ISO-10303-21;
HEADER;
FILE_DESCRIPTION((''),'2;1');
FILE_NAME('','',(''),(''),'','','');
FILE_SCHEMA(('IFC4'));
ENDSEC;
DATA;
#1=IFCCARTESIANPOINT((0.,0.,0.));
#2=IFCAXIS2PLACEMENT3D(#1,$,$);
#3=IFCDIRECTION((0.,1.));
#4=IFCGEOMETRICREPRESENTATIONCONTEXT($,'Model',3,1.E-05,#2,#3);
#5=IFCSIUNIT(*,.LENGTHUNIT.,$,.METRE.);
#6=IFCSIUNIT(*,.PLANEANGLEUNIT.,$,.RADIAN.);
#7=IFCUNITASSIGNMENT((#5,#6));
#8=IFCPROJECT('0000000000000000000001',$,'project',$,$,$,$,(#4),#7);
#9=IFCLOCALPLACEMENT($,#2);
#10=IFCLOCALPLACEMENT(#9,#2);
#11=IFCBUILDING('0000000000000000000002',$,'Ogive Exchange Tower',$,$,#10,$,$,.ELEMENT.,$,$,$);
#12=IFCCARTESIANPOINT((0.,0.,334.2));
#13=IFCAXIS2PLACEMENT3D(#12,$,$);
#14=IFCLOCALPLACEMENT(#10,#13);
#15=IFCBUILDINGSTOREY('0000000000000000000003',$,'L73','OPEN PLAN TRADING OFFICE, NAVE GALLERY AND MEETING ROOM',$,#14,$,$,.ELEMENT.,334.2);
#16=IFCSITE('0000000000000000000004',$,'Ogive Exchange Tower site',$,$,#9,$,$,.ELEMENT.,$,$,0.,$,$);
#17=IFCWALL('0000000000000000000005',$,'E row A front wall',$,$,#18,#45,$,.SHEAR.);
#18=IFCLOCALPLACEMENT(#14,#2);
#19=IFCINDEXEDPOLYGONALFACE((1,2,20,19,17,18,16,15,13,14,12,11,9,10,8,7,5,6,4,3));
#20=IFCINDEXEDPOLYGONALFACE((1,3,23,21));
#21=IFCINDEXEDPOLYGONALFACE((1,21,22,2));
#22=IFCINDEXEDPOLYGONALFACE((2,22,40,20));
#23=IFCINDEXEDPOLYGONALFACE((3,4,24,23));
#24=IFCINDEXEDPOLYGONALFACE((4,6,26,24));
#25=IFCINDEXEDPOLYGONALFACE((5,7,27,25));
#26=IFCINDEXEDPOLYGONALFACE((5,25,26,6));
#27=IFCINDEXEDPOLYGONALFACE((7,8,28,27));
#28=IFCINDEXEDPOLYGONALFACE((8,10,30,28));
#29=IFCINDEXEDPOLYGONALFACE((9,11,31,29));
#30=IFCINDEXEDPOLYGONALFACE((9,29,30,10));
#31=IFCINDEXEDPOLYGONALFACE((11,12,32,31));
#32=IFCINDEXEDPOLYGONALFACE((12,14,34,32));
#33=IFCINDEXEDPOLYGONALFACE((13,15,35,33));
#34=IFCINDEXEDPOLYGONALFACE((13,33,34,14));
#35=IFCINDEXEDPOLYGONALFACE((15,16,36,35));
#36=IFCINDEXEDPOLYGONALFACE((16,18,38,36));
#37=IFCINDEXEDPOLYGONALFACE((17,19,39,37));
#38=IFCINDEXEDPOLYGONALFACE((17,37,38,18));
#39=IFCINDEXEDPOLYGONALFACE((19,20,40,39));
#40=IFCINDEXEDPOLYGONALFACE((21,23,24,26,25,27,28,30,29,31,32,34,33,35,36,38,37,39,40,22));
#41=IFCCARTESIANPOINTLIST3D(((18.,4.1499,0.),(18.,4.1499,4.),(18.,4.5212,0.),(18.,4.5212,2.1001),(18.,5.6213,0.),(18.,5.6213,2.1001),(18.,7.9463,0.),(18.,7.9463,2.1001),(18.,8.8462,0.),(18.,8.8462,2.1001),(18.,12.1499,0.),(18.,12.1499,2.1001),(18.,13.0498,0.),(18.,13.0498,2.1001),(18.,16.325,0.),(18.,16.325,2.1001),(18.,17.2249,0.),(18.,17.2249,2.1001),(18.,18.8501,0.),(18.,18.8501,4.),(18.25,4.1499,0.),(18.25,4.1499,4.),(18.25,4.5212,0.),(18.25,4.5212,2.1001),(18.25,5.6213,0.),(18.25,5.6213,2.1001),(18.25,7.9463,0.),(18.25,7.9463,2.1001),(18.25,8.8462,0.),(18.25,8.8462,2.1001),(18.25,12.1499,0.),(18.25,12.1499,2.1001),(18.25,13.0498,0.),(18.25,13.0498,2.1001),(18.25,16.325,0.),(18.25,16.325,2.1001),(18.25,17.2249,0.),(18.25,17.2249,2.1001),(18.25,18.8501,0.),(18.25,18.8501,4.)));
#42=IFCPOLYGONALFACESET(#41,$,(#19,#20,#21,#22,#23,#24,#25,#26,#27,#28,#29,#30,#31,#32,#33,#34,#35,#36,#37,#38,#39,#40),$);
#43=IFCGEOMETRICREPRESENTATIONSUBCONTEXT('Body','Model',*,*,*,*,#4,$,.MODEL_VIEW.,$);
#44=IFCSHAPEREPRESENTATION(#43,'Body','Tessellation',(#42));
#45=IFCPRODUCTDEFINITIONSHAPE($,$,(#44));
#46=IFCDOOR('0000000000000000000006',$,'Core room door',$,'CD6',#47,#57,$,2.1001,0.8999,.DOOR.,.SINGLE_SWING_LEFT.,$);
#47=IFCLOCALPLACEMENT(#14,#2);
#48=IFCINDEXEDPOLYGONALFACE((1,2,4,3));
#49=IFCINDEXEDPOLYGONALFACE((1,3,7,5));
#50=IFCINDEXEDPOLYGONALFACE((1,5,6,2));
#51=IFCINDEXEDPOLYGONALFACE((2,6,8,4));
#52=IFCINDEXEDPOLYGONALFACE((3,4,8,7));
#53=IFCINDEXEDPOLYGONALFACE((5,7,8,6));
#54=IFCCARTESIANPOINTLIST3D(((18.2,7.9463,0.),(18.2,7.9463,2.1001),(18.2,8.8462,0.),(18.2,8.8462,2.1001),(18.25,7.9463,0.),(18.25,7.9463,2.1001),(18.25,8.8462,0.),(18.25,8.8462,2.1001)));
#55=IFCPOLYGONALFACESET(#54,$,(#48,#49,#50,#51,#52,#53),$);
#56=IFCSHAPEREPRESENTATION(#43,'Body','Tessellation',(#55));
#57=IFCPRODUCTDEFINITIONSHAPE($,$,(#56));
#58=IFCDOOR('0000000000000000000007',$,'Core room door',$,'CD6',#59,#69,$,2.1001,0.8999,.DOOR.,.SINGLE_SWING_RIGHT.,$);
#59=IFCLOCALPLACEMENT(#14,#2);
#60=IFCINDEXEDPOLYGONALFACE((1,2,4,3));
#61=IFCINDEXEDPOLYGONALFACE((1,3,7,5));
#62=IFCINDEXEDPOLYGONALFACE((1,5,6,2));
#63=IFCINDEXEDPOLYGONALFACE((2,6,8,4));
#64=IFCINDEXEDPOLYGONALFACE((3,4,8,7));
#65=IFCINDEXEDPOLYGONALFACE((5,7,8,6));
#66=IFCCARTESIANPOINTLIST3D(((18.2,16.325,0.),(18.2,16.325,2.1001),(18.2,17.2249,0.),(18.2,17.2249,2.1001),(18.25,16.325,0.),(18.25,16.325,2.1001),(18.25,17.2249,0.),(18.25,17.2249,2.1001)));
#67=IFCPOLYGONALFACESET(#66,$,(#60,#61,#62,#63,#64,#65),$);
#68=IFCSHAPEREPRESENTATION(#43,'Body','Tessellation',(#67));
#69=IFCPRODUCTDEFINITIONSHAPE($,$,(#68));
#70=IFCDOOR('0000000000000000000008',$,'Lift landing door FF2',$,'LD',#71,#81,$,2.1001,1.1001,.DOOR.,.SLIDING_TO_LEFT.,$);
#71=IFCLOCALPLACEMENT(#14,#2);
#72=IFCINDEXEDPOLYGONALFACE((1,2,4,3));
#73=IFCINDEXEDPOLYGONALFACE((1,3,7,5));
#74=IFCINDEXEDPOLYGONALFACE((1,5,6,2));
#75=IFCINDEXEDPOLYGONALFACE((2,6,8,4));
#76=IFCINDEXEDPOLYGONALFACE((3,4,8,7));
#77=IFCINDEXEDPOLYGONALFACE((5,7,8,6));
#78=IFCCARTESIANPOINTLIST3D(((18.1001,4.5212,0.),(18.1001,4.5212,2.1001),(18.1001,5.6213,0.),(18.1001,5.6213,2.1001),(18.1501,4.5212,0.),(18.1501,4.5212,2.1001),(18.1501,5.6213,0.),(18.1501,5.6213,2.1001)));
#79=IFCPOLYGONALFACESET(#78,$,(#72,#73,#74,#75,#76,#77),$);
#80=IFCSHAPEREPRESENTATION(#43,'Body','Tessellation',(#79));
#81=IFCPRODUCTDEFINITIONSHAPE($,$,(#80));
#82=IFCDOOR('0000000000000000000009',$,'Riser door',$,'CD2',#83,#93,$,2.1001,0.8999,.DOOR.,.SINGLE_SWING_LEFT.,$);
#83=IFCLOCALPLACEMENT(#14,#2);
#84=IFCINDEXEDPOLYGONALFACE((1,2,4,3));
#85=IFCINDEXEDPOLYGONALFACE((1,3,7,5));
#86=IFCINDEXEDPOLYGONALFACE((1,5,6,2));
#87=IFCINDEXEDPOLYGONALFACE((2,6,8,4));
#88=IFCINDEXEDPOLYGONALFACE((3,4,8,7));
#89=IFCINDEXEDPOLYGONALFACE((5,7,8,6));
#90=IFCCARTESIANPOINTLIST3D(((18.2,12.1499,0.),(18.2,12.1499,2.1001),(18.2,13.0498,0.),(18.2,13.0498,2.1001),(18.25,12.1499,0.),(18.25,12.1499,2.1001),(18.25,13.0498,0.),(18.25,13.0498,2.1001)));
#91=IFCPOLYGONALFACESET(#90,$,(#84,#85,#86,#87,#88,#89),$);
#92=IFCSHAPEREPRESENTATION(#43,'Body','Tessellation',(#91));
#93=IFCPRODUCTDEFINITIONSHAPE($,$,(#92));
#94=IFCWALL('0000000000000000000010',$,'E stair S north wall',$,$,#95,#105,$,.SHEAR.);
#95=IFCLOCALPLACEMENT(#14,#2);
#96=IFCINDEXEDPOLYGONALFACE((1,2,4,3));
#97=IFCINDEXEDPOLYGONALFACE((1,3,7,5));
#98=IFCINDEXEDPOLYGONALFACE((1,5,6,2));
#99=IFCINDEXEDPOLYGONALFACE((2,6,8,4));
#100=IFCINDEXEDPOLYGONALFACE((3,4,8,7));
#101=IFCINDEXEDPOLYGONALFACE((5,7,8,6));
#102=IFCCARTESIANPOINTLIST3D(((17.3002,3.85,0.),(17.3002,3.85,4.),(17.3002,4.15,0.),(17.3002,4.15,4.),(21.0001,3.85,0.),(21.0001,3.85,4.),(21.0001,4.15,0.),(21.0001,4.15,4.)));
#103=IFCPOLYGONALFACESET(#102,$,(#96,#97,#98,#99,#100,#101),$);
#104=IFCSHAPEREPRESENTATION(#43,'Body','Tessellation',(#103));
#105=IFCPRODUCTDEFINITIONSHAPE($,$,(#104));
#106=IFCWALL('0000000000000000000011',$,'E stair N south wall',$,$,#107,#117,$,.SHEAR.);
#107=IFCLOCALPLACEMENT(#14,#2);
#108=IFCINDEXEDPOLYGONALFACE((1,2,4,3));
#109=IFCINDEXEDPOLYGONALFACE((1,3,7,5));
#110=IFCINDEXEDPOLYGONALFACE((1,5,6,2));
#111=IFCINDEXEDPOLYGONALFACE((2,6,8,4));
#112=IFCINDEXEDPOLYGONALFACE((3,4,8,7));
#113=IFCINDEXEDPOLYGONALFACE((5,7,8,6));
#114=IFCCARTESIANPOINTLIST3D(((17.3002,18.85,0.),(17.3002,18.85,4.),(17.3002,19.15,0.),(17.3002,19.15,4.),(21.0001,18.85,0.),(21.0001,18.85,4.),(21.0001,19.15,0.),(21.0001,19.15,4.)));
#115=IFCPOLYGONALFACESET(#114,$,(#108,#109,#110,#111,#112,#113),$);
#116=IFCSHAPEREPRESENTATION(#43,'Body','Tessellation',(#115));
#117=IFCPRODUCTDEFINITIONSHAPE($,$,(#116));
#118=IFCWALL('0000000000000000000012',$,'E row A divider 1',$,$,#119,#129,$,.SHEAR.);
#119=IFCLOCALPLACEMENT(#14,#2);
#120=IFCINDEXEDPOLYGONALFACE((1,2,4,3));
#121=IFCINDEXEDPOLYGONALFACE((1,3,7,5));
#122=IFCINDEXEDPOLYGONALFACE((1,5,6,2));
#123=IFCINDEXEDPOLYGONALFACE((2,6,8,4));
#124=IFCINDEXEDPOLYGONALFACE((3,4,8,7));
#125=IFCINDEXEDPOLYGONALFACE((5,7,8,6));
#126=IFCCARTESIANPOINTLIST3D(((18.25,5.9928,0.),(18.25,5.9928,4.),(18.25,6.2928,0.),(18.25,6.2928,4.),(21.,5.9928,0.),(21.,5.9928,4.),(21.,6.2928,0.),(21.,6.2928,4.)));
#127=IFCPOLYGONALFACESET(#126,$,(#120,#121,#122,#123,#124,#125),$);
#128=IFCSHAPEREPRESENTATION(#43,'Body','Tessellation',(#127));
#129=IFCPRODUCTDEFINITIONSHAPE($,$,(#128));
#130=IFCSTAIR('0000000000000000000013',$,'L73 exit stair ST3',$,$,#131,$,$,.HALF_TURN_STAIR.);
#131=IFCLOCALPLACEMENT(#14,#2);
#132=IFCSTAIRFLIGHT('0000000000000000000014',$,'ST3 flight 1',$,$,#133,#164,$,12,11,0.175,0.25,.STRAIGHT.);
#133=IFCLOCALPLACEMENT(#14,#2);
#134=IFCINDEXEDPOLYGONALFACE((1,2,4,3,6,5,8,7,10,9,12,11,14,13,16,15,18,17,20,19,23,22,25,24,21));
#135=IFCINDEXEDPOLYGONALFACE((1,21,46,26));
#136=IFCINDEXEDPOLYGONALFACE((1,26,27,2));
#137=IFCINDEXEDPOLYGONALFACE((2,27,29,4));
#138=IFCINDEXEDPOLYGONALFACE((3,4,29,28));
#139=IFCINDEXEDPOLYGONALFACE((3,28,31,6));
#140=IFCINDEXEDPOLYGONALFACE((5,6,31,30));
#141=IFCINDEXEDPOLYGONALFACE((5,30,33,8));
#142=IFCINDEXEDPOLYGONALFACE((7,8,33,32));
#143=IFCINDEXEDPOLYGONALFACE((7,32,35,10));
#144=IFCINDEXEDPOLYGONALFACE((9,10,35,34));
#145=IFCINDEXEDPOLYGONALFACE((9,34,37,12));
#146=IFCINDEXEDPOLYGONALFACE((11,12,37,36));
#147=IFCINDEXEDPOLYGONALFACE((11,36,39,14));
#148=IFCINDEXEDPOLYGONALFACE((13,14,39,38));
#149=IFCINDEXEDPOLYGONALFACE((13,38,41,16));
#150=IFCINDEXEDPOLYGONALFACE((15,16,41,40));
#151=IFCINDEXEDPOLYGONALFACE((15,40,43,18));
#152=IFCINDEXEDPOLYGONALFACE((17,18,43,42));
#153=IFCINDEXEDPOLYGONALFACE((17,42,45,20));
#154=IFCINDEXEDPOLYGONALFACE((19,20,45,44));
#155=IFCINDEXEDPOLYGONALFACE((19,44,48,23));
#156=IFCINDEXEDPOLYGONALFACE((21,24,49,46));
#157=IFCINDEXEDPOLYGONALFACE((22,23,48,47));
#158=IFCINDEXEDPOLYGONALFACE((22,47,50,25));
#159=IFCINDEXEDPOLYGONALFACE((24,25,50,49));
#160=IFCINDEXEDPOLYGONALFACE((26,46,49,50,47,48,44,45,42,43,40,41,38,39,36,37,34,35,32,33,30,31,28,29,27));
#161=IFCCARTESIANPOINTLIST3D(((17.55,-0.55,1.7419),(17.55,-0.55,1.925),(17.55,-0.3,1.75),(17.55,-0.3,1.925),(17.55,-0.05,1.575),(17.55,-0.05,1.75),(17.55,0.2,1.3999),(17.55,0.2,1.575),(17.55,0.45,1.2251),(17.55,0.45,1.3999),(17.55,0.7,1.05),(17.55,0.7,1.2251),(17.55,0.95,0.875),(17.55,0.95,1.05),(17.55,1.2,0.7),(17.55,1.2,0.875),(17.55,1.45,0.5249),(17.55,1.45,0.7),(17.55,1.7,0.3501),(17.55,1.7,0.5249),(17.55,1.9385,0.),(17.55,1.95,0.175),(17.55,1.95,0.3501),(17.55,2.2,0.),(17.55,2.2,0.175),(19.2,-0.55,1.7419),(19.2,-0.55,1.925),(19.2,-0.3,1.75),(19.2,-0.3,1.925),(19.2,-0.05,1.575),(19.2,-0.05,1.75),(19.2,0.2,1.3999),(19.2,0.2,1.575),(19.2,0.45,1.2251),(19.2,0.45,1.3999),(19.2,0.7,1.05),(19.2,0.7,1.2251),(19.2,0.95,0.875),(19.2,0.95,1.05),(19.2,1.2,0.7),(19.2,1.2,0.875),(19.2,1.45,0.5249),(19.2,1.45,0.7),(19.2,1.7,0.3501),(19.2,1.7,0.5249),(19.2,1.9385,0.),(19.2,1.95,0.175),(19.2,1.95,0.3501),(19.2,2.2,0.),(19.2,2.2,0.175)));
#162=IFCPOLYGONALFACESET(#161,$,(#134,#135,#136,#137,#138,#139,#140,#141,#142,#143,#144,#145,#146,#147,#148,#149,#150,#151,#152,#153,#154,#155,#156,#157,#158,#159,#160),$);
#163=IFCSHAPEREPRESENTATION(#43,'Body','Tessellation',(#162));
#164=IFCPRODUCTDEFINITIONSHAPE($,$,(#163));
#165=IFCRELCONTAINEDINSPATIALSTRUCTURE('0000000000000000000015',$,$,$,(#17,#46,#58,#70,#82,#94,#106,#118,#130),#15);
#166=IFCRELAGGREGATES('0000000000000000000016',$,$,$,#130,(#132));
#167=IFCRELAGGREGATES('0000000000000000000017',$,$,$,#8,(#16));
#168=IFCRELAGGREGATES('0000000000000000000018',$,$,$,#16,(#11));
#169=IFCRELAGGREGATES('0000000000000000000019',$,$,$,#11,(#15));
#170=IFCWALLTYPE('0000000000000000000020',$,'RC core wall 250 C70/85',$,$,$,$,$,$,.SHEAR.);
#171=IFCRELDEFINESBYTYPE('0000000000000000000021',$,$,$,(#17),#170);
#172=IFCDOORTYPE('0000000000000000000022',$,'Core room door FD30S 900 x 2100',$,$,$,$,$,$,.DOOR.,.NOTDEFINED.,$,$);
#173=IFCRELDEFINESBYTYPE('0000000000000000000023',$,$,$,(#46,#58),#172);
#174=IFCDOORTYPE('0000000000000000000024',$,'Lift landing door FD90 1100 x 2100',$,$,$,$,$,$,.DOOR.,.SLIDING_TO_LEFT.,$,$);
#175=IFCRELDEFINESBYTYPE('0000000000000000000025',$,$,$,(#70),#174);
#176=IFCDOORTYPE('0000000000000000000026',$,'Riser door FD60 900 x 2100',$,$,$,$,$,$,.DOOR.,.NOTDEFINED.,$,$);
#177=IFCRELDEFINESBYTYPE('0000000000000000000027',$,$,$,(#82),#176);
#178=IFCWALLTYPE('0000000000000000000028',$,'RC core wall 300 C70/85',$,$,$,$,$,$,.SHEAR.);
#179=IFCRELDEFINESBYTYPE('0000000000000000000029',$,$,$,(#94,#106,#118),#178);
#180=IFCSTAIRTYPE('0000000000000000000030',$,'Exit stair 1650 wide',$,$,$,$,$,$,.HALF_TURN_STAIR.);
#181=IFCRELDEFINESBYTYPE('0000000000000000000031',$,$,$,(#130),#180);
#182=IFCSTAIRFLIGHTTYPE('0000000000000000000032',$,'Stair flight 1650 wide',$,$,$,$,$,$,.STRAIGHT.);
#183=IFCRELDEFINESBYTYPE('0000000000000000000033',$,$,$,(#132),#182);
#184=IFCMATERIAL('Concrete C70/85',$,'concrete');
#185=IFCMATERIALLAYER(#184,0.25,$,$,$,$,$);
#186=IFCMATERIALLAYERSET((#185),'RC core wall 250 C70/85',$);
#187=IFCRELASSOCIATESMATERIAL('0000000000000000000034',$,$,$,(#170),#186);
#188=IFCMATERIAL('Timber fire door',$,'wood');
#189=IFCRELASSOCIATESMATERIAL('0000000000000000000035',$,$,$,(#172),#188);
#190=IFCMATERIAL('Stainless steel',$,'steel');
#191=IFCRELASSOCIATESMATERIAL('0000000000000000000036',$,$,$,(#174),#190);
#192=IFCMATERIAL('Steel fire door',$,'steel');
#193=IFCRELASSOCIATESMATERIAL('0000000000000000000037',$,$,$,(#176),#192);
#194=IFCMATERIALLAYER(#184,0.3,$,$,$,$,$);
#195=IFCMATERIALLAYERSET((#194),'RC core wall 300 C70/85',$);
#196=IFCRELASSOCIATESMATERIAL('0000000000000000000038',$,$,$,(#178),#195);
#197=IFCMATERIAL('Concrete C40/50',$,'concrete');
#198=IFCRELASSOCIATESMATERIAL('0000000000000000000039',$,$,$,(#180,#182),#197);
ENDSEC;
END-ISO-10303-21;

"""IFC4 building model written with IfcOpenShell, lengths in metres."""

from ifc_helpers import new_model, si_unit, direction, frame, frame_2d, origin, place, context, subcontext, project, spatial, polyline, rectangle, outline, extrude, material, layer, layer_set, type_object, element, fill, aggregate, save


model = new_model("IFC4")

# Units and contexts
model_context = context("Model", 3, precision=1e-05, world=origin(), true_north=direction((0.0, 1.0)))
body_context = subcontext(model_context, "Body", "Model", "MODEL_VIEW")
ifc_project = project(units=[si_unit("LENGTHUNIT", "METRE"), si_unit("PLANEANGLEUNIT", "RADIAN")], contexts=[model_context])

# Site, building, storey
site_placement = place(None, origin())
site = spatial("IfcSite", under=ifc_project, at=site_placement, Name="Ogive Exchange Tower site", CompositionType="ELEMENT", RefElevation=0.0)
building_placement = place(site_placement, origin())
building = spatial("IfcBuilding", under=site, at=building_placement, Name="Ogive Exchange Tower", CompositionType="ELEMENT")
storey_placement = place(building_placement, frame((0.0, 0.0, 334.2)))
storey = spatial("IfcBuildingStorey", under=building, at=storey_placement, Name="L73", Description="OPEN PLAN TRADING OFFICE, NAVE GALLERY AND MEETING ROOM", CompositionType="ELEMENT", Elevation=334.2)

# Shared definitions
ifc_material_1 = material(Name="Concrete C70/85", Category="concrete")
ifc_layer_1 = layer(ifc_material_1, 0.25)
ifc_layer_set_1 = layer_set([ifc_layer_1], Name="RC core wall 250 C70/85")
wall_type_1 = type_object("IfcWallType", Name="RC core wall 250 C70/85", PredefinedType="SHEAR", material=ifc_layer_set_1)
ifc_material_2 = material(Name="Steel fire door", Category="steel")

# Wall, openings, doors
wall_1_placement = place(storey_placement, frame((18.125, 4.1499, 0.0), z_axis=(0.0, 0.0, 1.0), x_axis=(0.0, 1.0, 0.0)))
wall_1 = element("IfcWall", 1, at=wall_1_placement, inside=storey, type_object=wall_type_1, Name="E row A front wall", PredefinedType="SHEAR", context=body_context, shape_type="SweptSolid", body=[
    extrude(rectangle(XDim=14.7002, YDim=0.25, at=frame_2d((7.3501, 0.0))), origin(), (0.0, 0.0, 1.0), 4.0),
])
opening_1_placement = place(wall_1_placement, frame((3.7964, 0.0, 0.0)))
opening_1 = element("IfcOpeningElement", 2, at=opening_1_placement, cuts=wall_1, PredefinedType="OPENING", context=body_context, shape_type="SweptSolid", body=[
    extrude(rectangle(XDim=0.8999, YDim=2.1001, at=frame_2d((0.45, 1.05))), frame((0.0, 0.135, 0.0), z_axis=(0.0, -1.0, 0.0), x_axis=(1.0, 0.0, 0.0)), (0.0, 0.0, 1.0), 0.27),
])
opening_2_placement = place(wall_1_placement, frame((8.0, 0.0, 0.0)))
opening_2 = element("IfcOpeningElement", 3, at=opening_2_placement, cuts=wall_1, PredefinedType="OPENING", context=body_context, shape_type="SweptSolid", body=[
    extrude(rectangle(XDim=0.8999, YDim=2.1001, at=frame_2d((0.45, 1.05))), frame((0.0, 0.135, 0.0), z_axis=(0.0, -1.0, 0.0), x_axis=(1.0, 0.0, 0.0)), (0.0, 0.0, 1.0), 0.27),
])
opening_3_placement = place(wall_1_placement, frame((12.175, 0.0, 0.0)))
opening_3 = element("IfcOpeningElement", 4, at=opening_3_placement, cuts=wall_1, PredefinedType="OPENING", context=body_context, shape_type="SweptSolid", body=[
    extrude(rectangle(XDim=0.8999, YDim=2.1001, at=frame_2d((0.45, 1.05))), frame((0.0, 0.135, 0.0), z_axis=(0.0, -1.0, 0.0), x_axis=(1.0, 0.0, 0.0)), (0.0, 0.0, 1.0), 0.27),
])
opening_4_placement = place(wall_1_placement, frame((0.3713, 0.0, 0.0)))
opening_4 = element("IfcOpeningElement", 5, at=opening_4_placement, cuts=wall_1, PredefinedType="OPENING", context=body_context, shape_type="SweptSolid", body=[
    extrude(rectangle(XDim=1.1001, YDim=2.1001, at=frame_2d((0.55, 1.05))), frame((0.0, 0.135, 0.0), z_axis=(0.0, -1.0, 0.0), x_axis=(1.0, 0.0, 0.0)), (0.0, 0.0, 1.0), 0.27),
])
ifc_material_3 = material(Name="Timber fire door", Category="wood")
door_type_1 = type_object("IfcDoorType", Name="Core room door FD30S 900 x 2100", OperationType="NOTDEFINED", PredefinedType="DOOR", material=ifc_material_3)
door_1_placement = place(opening_1_placement, frame((0.8999, -0.2002, 0.0), z_axis=(0.0, 0.0, 1.0), x_axis=(-1.0, 0.0, 0.0)))
door_1 = element("IfcDoor", 6, at=door_1_placement, inside=storey, type_object=door_type_1, Name="Core room door", ObjectType="CD6", OperationType="SINGLE_SWING_LEFT", OverallHeight=2.1001, OverallWidth=0.8999, PredefinedType="DOOR", context=body_context, shape_type="SweptSolid", body=[
    extrude(rectangle(XDim=0.8999, YDim=2.1001, at=frame_2d((0.45, 1.05))), frame((0.0, -0.0752, 0.0), z_axis=(0.0, -1.0, 0.0), x_axis=(1.0, 0.0, 0.0)), (0.0, 0.0, 1.0), 0.05),
])
fill(opening_1, door_1)
door_2_placement = place(opening_3_placement, frame((0.8999, -0.2002, 0.0), z_axis=(0.0, 0.0, 1.0), x_axis=(-1.0, 0.0, 0.0)))
door_2 = element("IfcDoor", 7, at=door_2_placement, inside=storey, type_object=door_type_1, Name="Core room door", ObjectType="CD6", OperationType="SINGLE_SWING_RIGHT", OverallHeight=2.1001, OverallWidth=0.8999, PredefinedType="DOOR", context=body_context, shape_type="SweptSolid", body=[
    extrude(rectangle(XDim=0.8999, YDim=2.1001, at=frame_2d((0.45, 1.05))), frame((0.0, -0.0752, 0.0), z_axis=(0.0, -1.0, 0.0), x_axis=(1.0, 0.0, 0.0)), (0.0, 0.0, 1.0), 0.05),
])
fill(opening_3, door_2)
ifc_material_4 = material(Name="Stainless steel", Category="steel")
door_type_2 = type_object("IfcDoorType", Name="Lift landing door FD90 1100 x 2100", OperationType="SLIDING_TO_LEFT", PredefinedType="DOOR", material=ifc_material_4)
door_3_placement = place(opening_4_placement, origin())
door_3 = element("IfcDoor", 8, at=door_3_placement, inside=storey, type_object=door_type_2, Name="Lift landing door FF2", ObjectType="LD", OperationType="SLIDING_TO_LEFT", OverallHeight=2.1001, OverallWidth=1.1001, PredefinedType="DOOR", context=body_context, shape_type="SweptSolid", body=[
    extrude(rectangle(XDim=1.1001, YDim=2.1001, at=frame_2d((0.55, 1.05))), frame((0.0, 0.0249, 0.0), z_axis=(0.0, -1.0, 0.0), x_axis=(1.0, 0.0, 0.0)), (0.0, 0.0, 1.0), 0.05),
])
fill(opening_4, door_3)
door_type_3 = type_object("IfcDoorType", Name="Riser door FD60 900 x 2100", OperationType="NOTDEFINED", PredefinedType="DOOR", material=ifc_material_2)
door_4_placement = place(opening_2_placement, frame((0.8999, -0.2002, 0.0), z_axis=(0.0, 0.0, 1.0), x_axis=(-1.0, 0.0, 0.0)))
door_4 = element("IfcDoor", 9, at=door_4_placement, inside=storey, type_object=door_type_3, Name="Riser door", ObjectType="CD2", OperationType="SINGLE_SWING_LEFT", OverallHeight=2.1001, OverallWidth=0.8999, PredefinedType="DOOR", context=body_context, shape_type="SweptSolid", body=[
    extrude(rectangle(XDim=0.8999, YDim=2.1001, at=frame_2d((0.45, 1.05))), frame((0.0, -0.0752, 0.0), z_axis=(0.0, -1.0, 0.0), x_axis=(1.0, 0.0, 0.0)), (0.0, 0.0, 1.0), 0.05),
])
fill(opening_2, door_4)

# Walls
ifc_layer_2 = layer(ifc_material_1, 0.3)
ifc_layer_set_2 = layer_set([ifc_layer_2], Name="RC core wall 300 C70/85")
wall_type_2 = type_object("IfcWallType", Name="RC core wall 300 C70/85", PredefinedType="SHEAR", material=ifc_layer_set_2)
for number, where, z_axis, x_axis, name in (
    (10, (17.3, 4.0, 0.0), (0.0, 0.0, 1.0), (1.0, 0.0, 0.0), "E stair S north wall"),
    (11, (17.3, 19.0, 0.0), (0.0, 0.0, 1.0), (1.0, 0.0, 0.0), "E stair N south wall"),
):
    element("IfcWall", number, at=place(storey_placement, frame(where, z_axis=z_axis, x_axis=x_axis)), inside=storey, type_object=wall_type_2, Name=name, PredefinedType="SHEAR", context=body_context, shape_type="SweptSolid", body=[
        extrude(rectangle(XDim=3.7, YDim=0.3, at=frame_2d((1.8501, 0.0))), origin(), (0.0, 0.0, 1.0), 4.0),
    ])
wall_2_placement = place(storey_placement, frame((18.25, 6.1428, 0.0), z_axis=(0.0, 0.0, 1.0), x_axis=(1.0, 0.0, 0.0)))
element("IfcWall", 12, at=wall_2_placement, inside=storey, type_object=wall_type_2, Name="E row A divider 1", PredefinedType="SHEAR", context=body_context, shape_type="SweptSolid", body=[
    extrude(rectangle(XDim=2.75, YDim=0.3, at=frame_2d((1.375, 0.0))), origin(), (0.0, 0.0, 1.0), 4.0),
])

# Stair, stair flight
ifc_material_5 = material(Name="Concrete C40/50", Category="concrete")
stair_type = type_object("IfcStairType", Name="Exit stair 1650 wide", PredefinedType="HALF_TURN_STAIR", material=ifc_material_5)
stair_placement = place(storey_placement, origin())
stair = element("IfcStair", 13, at=stair_placement, inside=storey, type_object=stair_type, Name="L73 exit stair ST3", PredefinedType="HALF_TURN_STAIR")
stair_flight_type = type_object("IfcStairFlightType", Name="Stair flight 1650 wide", PredefinedType="STRAIGHT", material=ifc_material_5)
stair_flight_placement = place(storey_placement, frame((18.375, 2.2, 0.0), z_axis=(0.0, 0.0, 1.0), x_axis=(0.0, -1.0, 0.0)))
stair_flight = element("IfcStairFlight", 14, at=stair_flight_placement, type_object=stair_flight_type, Name="ST3 flight 1", NumberOfRisers=12, NumberOfTreads=11, PredefinedType="STRAIGHT", RiserHeight=0.175, TreadLength=0.25, context=body_context, shape_type="SweptSolid", body=[
    extrude(outline(polyline([(0.0, 0.0), (0.0, 0.175), (0.25, 0.175), (0.25, 0.3501), (0.5, 0.3501), (0.5, 0.5249), (0.75, 0.5249), (0.75, 0.7), (1.0, 0.7), (1.0, 0.875), (1.25, 0.875), (1.25, 1.05), (1.5, 1.05), (1.5, 1.2251), (1.75, 1.2251), (1.75, 1.3999), (2.0, 1.3999), (2.0, 1.575), (2.25, 1.575), (2.25, 1.75), (2.5, 1.75), (2.5, 1.925), (2.75, 1.925), (2.75, 2.1001), (2.75, 1.7419), (0.2615, 0.0), (0.0, 0.0)])), frame((0.0, 0.825, 0.0), z_axis=(0.0, -1.0, 0.0), x_axis=(1.0, 0.0, 0.0)), (0.0, 0.0, 1.0), 1.6499),
])
aggregate(stair, [stair_flight])

save(model, "model.ifc")
